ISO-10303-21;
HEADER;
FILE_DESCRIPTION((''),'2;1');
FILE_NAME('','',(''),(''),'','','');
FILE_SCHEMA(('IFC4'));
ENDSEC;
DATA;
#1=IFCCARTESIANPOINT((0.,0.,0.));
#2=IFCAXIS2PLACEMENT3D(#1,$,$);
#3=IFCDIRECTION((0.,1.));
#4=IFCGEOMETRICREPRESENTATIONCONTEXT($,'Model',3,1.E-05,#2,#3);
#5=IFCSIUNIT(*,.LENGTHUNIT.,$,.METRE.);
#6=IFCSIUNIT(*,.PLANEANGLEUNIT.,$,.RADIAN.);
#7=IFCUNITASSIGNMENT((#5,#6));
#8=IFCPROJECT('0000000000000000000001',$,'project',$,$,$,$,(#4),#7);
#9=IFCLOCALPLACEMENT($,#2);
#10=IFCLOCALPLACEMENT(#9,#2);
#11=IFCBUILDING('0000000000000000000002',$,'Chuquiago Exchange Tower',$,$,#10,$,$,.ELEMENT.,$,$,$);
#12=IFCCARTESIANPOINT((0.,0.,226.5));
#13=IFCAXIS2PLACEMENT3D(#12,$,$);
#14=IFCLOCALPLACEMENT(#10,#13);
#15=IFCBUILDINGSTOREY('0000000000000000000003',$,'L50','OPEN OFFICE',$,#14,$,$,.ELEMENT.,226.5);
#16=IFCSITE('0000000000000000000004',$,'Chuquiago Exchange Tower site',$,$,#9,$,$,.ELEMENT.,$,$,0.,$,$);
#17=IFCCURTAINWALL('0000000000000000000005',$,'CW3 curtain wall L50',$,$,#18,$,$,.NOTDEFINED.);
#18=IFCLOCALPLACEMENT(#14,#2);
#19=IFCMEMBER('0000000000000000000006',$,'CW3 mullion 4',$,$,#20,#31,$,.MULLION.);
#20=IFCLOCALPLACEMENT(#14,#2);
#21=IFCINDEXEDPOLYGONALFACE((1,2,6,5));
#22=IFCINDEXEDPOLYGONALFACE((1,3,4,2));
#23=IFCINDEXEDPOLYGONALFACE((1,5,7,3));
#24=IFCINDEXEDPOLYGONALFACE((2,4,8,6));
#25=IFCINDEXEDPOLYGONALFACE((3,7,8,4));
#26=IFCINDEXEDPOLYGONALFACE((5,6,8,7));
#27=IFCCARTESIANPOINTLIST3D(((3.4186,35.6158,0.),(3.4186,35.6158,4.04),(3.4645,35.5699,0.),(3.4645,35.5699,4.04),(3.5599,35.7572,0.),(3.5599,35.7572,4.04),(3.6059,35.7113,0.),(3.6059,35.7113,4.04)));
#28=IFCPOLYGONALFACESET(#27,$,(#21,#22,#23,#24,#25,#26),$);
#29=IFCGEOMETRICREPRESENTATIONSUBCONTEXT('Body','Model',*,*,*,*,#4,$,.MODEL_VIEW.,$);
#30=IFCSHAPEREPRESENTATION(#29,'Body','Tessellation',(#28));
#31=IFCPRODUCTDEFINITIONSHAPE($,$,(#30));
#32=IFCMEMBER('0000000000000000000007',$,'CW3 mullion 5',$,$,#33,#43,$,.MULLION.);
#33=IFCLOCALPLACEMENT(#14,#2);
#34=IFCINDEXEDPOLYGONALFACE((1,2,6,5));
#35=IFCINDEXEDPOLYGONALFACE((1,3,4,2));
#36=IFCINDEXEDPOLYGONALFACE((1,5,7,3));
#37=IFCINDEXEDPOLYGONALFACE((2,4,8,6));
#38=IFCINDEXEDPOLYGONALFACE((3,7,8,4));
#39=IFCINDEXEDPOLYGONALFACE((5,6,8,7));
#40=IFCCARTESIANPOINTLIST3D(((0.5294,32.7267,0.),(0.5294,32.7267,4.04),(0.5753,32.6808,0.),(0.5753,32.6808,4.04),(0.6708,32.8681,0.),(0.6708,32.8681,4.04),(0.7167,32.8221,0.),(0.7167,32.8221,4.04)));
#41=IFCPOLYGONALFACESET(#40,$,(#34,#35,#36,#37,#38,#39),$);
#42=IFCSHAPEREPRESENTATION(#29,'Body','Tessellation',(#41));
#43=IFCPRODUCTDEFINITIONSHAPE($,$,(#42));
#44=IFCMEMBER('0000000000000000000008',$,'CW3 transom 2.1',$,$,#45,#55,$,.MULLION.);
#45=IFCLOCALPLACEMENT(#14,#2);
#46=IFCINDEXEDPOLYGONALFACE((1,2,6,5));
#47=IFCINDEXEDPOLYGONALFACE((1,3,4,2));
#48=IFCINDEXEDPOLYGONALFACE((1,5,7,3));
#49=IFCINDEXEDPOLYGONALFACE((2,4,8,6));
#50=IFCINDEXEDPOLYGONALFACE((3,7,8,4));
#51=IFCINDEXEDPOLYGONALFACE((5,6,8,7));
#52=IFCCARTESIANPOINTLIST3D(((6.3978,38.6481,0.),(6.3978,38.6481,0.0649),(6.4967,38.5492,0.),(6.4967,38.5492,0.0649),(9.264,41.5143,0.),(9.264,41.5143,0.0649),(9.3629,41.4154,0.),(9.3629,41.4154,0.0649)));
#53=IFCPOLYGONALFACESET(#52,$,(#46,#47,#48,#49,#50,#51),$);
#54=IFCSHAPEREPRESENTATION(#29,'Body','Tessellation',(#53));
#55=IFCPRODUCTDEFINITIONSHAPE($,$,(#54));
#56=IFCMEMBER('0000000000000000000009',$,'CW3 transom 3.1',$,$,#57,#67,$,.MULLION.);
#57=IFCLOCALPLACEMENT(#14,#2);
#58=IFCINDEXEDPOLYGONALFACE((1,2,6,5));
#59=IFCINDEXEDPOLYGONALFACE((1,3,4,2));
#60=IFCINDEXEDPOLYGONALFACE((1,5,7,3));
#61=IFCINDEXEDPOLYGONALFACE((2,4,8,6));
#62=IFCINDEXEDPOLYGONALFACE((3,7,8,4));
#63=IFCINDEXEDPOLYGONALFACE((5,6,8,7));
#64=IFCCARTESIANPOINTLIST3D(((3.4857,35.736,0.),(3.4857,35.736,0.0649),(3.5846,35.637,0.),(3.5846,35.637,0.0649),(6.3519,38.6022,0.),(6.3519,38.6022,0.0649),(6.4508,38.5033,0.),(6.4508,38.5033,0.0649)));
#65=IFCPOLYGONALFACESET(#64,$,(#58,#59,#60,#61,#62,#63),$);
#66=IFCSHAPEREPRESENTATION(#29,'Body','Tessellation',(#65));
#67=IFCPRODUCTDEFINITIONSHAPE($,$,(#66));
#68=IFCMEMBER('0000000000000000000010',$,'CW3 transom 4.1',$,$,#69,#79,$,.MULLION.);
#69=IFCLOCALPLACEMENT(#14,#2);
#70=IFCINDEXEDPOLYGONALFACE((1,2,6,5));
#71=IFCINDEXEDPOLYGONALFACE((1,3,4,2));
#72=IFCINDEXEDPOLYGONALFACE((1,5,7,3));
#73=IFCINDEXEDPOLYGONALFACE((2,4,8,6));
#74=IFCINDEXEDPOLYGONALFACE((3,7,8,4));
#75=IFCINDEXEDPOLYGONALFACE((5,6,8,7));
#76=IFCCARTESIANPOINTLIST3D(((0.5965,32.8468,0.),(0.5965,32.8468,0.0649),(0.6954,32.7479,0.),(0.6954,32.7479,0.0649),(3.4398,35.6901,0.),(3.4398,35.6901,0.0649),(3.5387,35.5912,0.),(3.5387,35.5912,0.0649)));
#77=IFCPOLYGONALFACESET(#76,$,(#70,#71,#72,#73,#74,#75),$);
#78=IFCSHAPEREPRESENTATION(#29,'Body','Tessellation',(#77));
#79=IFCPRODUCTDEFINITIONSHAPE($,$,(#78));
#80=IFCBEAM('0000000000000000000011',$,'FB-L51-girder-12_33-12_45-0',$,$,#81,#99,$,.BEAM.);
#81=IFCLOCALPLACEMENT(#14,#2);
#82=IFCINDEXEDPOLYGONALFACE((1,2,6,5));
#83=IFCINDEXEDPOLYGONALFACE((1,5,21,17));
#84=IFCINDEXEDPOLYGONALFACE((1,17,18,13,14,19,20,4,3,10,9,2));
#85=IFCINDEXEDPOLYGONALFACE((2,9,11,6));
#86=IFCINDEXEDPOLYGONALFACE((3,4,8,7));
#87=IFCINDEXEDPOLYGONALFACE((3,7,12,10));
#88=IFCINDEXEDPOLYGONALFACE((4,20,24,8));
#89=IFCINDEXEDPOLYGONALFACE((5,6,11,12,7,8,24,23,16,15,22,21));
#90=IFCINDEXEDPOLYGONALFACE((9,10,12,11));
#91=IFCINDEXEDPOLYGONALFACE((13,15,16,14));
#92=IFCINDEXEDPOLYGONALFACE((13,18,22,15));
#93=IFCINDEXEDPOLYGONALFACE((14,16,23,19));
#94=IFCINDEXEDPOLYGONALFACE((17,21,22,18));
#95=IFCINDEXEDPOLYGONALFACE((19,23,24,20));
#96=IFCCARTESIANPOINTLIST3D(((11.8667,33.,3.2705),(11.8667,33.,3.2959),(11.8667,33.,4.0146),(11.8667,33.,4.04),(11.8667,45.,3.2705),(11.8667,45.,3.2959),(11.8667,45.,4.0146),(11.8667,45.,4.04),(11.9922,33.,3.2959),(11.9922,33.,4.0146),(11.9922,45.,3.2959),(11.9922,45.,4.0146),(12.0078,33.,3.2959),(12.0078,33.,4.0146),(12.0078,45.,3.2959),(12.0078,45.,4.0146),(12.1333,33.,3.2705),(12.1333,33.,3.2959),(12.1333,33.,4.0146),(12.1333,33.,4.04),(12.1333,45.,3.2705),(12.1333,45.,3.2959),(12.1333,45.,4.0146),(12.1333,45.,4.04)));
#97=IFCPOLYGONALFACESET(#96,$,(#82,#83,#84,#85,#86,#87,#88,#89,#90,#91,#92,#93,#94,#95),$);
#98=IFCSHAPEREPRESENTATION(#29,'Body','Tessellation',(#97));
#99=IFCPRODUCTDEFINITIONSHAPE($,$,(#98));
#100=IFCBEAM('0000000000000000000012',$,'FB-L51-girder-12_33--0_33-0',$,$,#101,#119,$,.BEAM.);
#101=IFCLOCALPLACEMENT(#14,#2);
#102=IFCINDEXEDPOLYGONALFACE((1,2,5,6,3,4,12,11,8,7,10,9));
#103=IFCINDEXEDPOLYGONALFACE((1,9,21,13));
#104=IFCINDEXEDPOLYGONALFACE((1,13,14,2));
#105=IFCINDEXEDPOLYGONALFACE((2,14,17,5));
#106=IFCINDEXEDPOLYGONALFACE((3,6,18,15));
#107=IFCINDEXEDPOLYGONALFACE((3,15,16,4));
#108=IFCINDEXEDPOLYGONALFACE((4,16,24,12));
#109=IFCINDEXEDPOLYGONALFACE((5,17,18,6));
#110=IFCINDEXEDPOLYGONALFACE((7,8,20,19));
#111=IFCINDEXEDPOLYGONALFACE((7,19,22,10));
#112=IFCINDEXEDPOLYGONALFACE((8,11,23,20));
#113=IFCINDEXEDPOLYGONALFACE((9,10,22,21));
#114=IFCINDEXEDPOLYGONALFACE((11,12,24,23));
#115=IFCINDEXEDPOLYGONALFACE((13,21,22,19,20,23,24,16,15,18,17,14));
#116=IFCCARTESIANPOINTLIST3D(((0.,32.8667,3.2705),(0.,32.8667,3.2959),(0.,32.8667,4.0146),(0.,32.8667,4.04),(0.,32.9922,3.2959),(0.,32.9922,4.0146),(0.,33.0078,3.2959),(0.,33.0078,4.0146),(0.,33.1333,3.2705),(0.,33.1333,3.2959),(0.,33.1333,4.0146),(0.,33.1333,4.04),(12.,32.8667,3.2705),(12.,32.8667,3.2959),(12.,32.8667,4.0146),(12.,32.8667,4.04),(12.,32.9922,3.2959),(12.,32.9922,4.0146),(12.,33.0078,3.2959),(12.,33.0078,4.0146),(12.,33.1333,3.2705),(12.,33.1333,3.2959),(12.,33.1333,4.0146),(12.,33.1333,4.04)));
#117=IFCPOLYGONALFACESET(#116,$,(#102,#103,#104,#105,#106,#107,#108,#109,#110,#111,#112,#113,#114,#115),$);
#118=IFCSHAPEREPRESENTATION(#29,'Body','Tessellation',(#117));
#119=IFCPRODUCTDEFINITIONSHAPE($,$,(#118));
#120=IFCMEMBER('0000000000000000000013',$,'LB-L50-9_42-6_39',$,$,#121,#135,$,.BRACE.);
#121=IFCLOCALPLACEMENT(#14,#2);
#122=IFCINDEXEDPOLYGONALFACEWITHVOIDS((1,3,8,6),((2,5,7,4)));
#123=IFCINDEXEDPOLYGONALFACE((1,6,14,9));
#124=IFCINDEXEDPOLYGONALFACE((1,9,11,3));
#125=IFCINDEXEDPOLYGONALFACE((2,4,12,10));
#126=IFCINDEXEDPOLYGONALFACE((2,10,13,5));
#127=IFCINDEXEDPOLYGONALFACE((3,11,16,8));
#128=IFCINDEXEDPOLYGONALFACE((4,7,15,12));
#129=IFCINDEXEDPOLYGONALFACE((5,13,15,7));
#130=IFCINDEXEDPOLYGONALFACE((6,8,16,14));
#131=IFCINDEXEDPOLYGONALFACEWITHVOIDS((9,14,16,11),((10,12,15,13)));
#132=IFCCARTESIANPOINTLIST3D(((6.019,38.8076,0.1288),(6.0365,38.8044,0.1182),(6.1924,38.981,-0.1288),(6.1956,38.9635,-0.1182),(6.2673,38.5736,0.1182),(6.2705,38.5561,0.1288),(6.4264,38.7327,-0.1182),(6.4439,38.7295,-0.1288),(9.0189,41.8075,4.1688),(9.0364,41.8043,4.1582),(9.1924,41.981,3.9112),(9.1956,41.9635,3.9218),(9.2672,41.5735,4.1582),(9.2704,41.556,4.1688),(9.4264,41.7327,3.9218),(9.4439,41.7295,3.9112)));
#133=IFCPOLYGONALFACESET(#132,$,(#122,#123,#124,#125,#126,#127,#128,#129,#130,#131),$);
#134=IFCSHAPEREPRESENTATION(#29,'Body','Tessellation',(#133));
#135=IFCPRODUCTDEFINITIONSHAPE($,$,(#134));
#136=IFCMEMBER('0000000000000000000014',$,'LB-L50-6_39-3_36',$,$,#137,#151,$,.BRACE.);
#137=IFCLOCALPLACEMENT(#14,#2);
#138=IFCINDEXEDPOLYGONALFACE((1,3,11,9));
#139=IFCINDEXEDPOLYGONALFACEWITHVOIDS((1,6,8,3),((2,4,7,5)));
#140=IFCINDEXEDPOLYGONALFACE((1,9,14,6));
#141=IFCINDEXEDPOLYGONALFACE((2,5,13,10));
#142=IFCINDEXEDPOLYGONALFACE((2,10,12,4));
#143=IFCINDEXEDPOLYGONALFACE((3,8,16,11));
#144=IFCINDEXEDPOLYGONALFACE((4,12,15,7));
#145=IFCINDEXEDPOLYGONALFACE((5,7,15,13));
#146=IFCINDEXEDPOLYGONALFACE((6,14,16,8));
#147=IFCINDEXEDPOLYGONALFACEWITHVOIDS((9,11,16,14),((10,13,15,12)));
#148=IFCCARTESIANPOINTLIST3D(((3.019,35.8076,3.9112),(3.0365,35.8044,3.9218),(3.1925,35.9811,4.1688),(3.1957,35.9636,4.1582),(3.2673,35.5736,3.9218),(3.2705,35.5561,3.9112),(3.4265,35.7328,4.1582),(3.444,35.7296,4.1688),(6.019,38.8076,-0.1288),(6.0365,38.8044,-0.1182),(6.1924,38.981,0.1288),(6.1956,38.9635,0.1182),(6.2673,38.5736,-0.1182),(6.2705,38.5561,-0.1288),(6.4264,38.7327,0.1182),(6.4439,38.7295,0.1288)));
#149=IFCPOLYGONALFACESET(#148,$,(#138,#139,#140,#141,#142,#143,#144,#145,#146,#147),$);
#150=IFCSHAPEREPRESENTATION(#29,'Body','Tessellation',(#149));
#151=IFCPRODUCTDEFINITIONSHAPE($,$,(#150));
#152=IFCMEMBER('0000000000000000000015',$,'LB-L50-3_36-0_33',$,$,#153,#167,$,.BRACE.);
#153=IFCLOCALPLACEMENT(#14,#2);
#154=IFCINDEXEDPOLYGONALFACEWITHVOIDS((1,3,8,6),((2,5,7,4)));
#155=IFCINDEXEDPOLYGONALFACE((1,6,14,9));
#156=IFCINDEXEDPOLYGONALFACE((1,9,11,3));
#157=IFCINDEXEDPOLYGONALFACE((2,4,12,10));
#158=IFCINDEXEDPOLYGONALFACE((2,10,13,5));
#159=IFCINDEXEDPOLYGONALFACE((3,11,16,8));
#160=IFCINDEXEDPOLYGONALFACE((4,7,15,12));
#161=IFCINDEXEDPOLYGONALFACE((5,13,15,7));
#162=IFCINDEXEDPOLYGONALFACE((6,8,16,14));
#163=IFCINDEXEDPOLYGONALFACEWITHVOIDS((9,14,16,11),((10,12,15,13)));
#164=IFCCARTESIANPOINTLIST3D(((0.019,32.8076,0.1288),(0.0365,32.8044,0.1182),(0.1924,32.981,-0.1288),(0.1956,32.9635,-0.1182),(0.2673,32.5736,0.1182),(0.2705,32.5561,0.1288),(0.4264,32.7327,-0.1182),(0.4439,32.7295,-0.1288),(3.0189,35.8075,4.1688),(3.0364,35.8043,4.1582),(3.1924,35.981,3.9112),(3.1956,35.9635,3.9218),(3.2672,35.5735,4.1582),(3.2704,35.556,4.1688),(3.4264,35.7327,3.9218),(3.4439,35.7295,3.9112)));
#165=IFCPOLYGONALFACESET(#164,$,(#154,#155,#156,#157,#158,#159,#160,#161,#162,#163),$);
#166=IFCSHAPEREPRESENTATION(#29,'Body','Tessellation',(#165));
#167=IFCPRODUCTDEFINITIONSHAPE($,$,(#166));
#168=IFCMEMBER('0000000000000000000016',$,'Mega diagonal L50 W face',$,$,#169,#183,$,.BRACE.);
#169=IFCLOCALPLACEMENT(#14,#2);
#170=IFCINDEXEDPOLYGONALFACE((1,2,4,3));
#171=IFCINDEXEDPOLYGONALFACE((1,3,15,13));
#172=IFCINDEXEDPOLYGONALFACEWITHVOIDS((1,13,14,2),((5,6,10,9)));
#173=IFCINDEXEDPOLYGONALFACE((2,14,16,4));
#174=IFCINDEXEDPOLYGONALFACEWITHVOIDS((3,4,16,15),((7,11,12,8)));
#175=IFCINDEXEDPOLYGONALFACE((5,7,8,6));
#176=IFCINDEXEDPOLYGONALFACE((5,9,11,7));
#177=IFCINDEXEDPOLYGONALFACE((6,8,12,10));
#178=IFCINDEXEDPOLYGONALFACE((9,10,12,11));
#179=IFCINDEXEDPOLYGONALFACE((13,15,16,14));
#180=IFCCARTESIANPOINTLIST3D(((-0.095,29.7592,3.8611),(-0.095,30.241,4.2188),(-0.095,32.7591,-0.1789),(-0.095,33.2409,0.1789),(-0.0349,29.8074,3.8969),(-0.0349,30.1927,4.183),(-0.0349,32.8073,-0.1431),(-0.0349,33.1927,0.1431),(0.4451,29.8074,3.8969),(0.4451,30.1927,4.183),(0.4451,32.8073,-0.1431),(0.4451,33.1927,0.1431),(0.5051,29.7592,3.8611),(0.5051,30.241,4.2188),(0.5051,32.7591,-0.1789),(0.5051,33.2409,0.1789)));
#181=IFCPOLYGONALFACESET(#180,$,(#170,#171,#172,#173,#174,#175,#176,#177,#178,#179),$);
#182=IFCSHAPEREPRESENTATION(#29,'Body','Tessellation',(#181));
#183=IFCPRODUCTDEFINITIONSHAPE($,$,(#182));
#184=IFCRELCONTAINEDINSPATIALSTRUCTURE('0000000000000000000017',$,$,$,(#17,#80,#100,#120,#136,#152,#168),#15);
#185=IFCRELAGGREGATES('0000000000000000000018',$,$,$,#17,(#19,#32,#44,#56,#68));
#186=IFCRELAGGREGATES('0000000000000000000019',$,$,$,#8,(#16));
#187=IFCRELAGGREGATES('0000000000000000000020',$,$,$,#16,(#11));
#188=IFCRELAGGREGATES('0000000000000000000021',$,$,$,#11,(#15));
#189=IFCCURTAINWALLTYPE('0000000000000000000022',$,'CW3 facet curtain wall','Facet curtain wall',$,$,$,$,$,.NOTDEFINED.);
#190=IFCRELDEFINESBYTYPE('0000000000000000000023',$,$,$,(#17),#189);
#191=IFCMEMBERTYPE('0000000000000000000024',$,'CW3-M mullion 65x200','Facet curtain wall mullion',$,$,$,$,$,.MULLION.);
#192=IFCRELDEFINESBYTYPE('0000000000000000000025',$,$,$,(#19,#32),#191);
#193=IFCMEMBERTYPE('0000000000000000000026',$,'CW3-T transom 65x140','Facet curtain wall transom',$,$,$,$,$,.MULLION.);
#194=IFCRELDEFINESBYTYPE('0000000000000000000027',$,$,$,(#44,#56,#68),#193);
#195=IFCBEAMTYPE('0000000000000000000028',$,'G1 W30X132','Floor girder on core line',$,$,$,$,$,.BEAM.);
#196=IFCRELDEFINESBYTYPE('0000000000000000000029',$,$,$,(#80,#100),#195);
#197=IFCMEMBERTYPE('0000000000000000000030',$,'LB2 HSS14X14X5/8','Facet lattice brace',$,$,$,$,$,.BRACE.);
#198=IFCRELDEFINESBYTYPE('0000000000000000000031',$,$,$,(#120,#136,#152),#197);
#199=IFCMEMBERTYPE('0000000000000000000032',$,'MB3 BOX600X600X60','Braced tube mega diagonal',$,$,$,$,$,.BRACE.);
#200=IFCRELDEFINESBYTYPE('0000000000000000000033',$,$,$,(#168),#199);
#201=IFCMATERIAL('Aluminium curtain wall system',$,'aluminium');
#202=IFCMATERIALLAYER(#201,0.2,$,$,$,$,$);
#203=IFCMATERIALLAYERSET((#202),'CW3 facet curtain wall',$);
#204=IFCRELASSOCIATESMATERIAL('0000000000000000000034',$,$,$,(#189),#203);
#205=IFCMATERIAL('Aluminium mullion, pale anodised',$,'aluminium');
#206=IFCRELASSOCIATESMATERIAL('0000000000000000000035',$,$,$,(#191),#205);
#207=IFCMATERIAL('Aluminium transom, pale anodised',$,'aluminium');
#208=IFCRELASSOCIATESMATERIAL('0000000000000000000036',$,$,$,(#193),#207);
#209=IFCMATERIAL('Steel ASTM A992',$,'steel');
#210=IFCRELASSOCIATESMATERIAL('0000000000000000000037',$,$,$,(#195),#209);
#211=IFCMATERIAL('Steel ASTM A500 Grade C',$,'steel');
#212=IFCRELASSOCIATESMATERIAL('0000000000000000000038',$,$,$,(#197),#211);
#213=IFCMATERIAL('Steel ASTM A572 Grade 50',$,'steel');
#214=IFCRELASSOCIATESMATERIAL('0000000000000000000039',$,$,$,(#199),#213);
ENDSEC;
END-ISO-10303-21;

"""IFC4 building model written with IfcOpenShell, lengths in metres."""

from ifc_helpers import new_model, si_unit, direction, frame, origin, origin_2d, place, context, subcontext, project, spatial, rectangle, hollow_rectangle, i_section, extrude, material, layer, layer_set, material_profile, profile_set, type_object, element, aggregate, save


model = new_model("IFC4")

# Units and contexts
model_context = context("Model", 3, precision=1e-05, world=origin(), true_north=direction((0.0, 1.0)))
body_context = subcontext(model_context, "Body", "Model", "MODEL_VIEW")
ifc_project = project(units=[si_unit("LENGTHUNIT", "METRE"), si_unit("PLANEANGLEUNIT", "RADIAN")], contexts=[model_context])

# Site, building, storey
site_placement = place(None, origin())
site = spatial("IfcSite", under=ifc_project, at=site_placement, Name="Chuquiago Exchange Tower site", CompositionType="ELEMENT", RefElevation=0.0)
building_placement = place(site_placement, origin())
building = spatial("IfcBuilding", under=site, at=building_placement, Name="Chuquiago Exchange Tower", CompositionType="ELEMENT")
storey_placement = place(building_placement, frame((0.0, 0.0, 226.5)))
storey = spatial("IfcBuildingStorey", under=building, at=storey_placement, Name="L50", Description="OPEN OFFICE", CompositionType="ELEMENT", Elevation=226.5)

# Curtain wall, members
ifc_material_1 = material(Name="Aluminium curtain wall system", Category="aluminium")
ifc_layer_1 = layer(ifc_material_1, 0.2)
ifc_layer_set_1 = layer_set([ifc_layer_1], Name="CW3 facet curtain wall")
curtain_wall_type_1 = type_object("IfcCurtainWallType", Name="CW3 facet curtain wall", Description="Facet curtain wall", PredefinedType="NOTDEFINED", material=ifc_layer_set_1)
curtain_wall_1_placement = place(storey_placement, origin())
curtain_wall_1 = element("IfcCurtainWall", 1, at=curtain_wall_1_placement, inside=storey, type_object=curtain_wall_type_1, Name="CW3 curtain wall L50", PredefinedType="NOTDEFINED")
ifc_material_2 = material(Name="Aluminium mullion, pale anodised", Category="aluminium")
ifc_material_profile_1 = material_profile(ifc_material_2, rectangle(XDim=0.0649, YDim=0.2, at=origin_2d()), Name="AL 65x200")
ifc_profile_set_1 = profile_set([ifc_material_profile_1], Name="Aluminium mullion, pale anodised")
member_type_1 = type_object("IfcMemberType", Name="CW3-M mullion 65x200", Description="Facet curtain wall mullion", PredefinedType="MULLION", material=ifc_profile_set_1)
member_1_placement = place(storey_placement, frame((3.5122, 35.6636, 0.0), z_axis=(0.0, 0.0, 1.0), x_axis=(0.707107, -0.707107, 0.0)))
member_1 = element("IfcMember", 2, at=member_1_placement, type_object=member_type_1, Name="CW3 mullion 4", PredefinedType="MULLION", context=body_context, shape_type="SweptSolid", body=[
    extrude(rectangle(XDim=0.0649, YDim=0.2, at=origin_2d()), origin(), (0.0, 0.0, 1.0), 4.04),
])
member_2_placement = place(storey_placement, frame((0.623, 32.7744, 0.0), z_axis=(0.0, 0.0, 1.0), x_axis=(0.707107, -0.707107, 0.0)))
member_2 = element("IfcMember", 3, at=member_2_placement, type_object=member_type_1, Name="CW3 mullion 5", PredefinedType="MULLION", context=body_context, shape_type="SweptSolid", body=[
    extrude(rectangle(XDim=0.0649, YDim=0.2, at=origin_2d()), origin(), (0.0, 0.0, 1.0), 4.04),
])
ifc_material_3 = material(Name="Aluminium transom, pale anodised", Category="aluminium")
ifc_material_profile_2 = material_profile(ifc_material_3, rectangle(XDim=0.1399, YDim=0.0649, at=origin_2d()), Name="AL 140x65")
ifc_profile_set_2 = profile_set([ifc_material_profile_2], Name="Aluminium transom, pale anodised")
member_type_2 = type_object("IfcMemberType", Name="CW3-T transom 65x140", Description="Facet curtain wall transom", PredefinedType="MULLION", material=ifc_profile_set_2)
member_3_placement = place(storey_placement, frame((9.3135, 41.4648, 0.0325), z_axis=(-0.707107, -0.707107, 0.0), x_axis=(0.707107, -0.707107, 0.0)))
member_3 = element("IfcMember", 4, at=member_3_placement, type_object=member_type_2, Name="CW3 transom 2.1", PredefinedType="MULLION", context=body_context, shape_type="SweptSolid", body=[
    extrude(rectangle(XDim=0.1399, YDim=0.0649, at=origin_2d()), origin(), (0.0, 0.0, 1.0), 4.0535),
])
member_4_placement = place(storey_placement, frame((6.4014, 38.5527, 0.0325), z_axis=(-0.707107, -0.707107, 0.0), x_axis=(0.707107, -0.707107, 0.0)))
member_4 = element("IfcMember", 5, at=member_4_placement, type_object=member_type_2, Name="CW3 transom 3.1", PredefinedType="MULLION", context=body_context, shape_type="SweptSolid", body=[
    extrude(rectangle(XDim=0.1399, YDim=0.0649, at=origin_2d()), origin(), (0.0, 0.0, 1.0), 4.0535),
])
member_5_placement = place(storey_placement, frame((3.4893, 35.6406, 0.0325), z_axis=(-0.707107, -0.707107, 0.0), x_axis=(0.707107, -0.707107, 0.0)))
member_5 = element("IfcMember", 6, at=member_5_placement, type_object=member_type_2, Name="CW3 transom 4.1", PredefinedType="MULLION", context=body_context, shape_type="SweptSolid", body=[
    extrude(rectangle(XDim=0.1399, YDim=0.0649, at=origin_2d()), origin(), (0.0, 0.0, 1.0), 4.021),
])

# Beams
ifc_material_4 = material(Name="Steel ASTM A992", Category="steel")
ifc_material_profile_3 = material_profile(ifc_material_4, i_section(OverallWidth=0.2666, OverallDepth=0.7695, WebThickness=0.0156, FlangeThickness=0.0254, at=origin_2d()), Name="W30X132")
ifc_profile_set_3 = profile_set([ifc_material_profile_3], Name="Steel ASTM A992")
beam_type_1 = type_object("IfcBeamType", Name="G1 W30X132", Description="Floor girder on core line", PredefinedType="BEAM", material=ifc_profile_set_3)
for number, where, z_axis, x_axis, name in (
    (7, (12.0, 33.0, 3.6553), (0.0, 1.0, 0.0), (-1.0, 0.0, 0.0), "FB-L51-girder-12_33-12_45-0"),
    (8, (12.0, 33.0, 3.6553), (-1.0, 0.0, 0.0), (0.0, -1.0, 0.0), "FB-L51-girder-12_33--0_33-0"),
):
    element("IfcBeam", number, at=place(storey_placement, frame(where, z_axis=z_axis, x_axis=x_axis)), inside=storey, type_object=beam_type_1, Name=name, PredefinedType="BEAM", context=body_context, shape_type="SweptSolid", body=[
        extrude(i_section(OverallWidth=0.2666, OverallDepth=0.7695, WebThickness=0.0156, FlangeThickness=0.0254, at=origin_2d()), origin(), (0.0, 0.0, 1.0), 12.0),
    ])

# Members
ifc_material_5 = material(Name="Steel ASTM A500 Grade C", Category="steel")
ifc_material_profile_4 = material_profile(ifc_material_5, hollow_rectangle(XDim=0.3557, YDim=0.3557, WallThickness=0.0146, at=origin_2d()), Name="HSS14X14X5/8")
ifc_profile_set_4 = profile_set([ifc_material_profile_4], Name="Steel ASTM A500 Grade C")
member_type_3 = type_object("IfcMemberType", Name="LB2 HSS14X14X5/8", Description="Facet lattice brace", PredefinedType="BRACE", material=ifc_profile_set_4)
for number, where, z_axis, x_axis, name in (
    (9, (6.2314, 38.7686, 0.0), (0.512077, 0.512077, 0.689604), (-0.707107, 0.707107, 0.0), "LB-L50-9_42-6_39"),
    (10, (6.2314, 38.7686, 0.0), (-0.512077, -0.512077, 0.689604), (0.707107, -0.707107, 0.0), "LB-L50-6_39-3_36"),
    (11, (0.2314, 32.7686, 0.0), (0.512077, 0.512077, 0.689604), (-0.707107, 0.707107, 0.0), "LB-L50-3_36-0_33"),
):
    element("IfcMember", number, at=place(storey_placement, frame(where, z_axis=z_axis, x_axis=x_axis)), inside=storey, type_object=member_type_3, Name=name, PredefinedType="BRACE", context=body_context, shape_type="SweptSolid", body=[
        extrude(hollow_rectangle(XDim=0.3557, YDim=0.3557, WallThickness=0.0146, at=origin_2d()), origin(), (0.0, 0.0, 1.0), 5.8584),
    ])
ifc_material_6 = material(Name="Steel ASTM A572 Grade 50", Category="steel")
ifc_material_profile_5 = material_profile(ifc_material_6, hollow_rectangle(XDim=0.6001, YDim=0.6001, WallThickness=0.0601, at=origin_2d()), Name="BOX600X600X60")
ifc_profile_set_5 = profile_set([ifc_material_profile_5], Name="Steel ASTM A572 Grade 50")
member_type_4 = type_object("IfcMemberType", Name="MB3 BOX600X600X60", Description="Braced tube mega diagonal", PredefinedType="BRACE", material=ifc_profile_set_5)
member_6_placement = place(storey_placement, frame((0.2051, 33.0, 0.0), z_axis=(0.0, -0.596174, 0.802855), x_axis=(1.0, 0.0, 0.0)))
element("IfcMember", 12, at=member_6_placement, inside=storey, type_object=member_type_4, Name="Mega diagonal L50 W face", PredefinedType="BRACE", context=body_context, shape_type="SweptSolid", body=[
    extrude(hollow_rectangle(XDim=0.6001, YDim=0.6001, WallThickness=0.0601, at=origin_2d()), origin(), (0.0, 0.0, 1.0), 5.032),
])

aggregate(curtain_wall_1, [member_1, member_2, member_3, member_4, member_5])

save(model, "model.ifc")
